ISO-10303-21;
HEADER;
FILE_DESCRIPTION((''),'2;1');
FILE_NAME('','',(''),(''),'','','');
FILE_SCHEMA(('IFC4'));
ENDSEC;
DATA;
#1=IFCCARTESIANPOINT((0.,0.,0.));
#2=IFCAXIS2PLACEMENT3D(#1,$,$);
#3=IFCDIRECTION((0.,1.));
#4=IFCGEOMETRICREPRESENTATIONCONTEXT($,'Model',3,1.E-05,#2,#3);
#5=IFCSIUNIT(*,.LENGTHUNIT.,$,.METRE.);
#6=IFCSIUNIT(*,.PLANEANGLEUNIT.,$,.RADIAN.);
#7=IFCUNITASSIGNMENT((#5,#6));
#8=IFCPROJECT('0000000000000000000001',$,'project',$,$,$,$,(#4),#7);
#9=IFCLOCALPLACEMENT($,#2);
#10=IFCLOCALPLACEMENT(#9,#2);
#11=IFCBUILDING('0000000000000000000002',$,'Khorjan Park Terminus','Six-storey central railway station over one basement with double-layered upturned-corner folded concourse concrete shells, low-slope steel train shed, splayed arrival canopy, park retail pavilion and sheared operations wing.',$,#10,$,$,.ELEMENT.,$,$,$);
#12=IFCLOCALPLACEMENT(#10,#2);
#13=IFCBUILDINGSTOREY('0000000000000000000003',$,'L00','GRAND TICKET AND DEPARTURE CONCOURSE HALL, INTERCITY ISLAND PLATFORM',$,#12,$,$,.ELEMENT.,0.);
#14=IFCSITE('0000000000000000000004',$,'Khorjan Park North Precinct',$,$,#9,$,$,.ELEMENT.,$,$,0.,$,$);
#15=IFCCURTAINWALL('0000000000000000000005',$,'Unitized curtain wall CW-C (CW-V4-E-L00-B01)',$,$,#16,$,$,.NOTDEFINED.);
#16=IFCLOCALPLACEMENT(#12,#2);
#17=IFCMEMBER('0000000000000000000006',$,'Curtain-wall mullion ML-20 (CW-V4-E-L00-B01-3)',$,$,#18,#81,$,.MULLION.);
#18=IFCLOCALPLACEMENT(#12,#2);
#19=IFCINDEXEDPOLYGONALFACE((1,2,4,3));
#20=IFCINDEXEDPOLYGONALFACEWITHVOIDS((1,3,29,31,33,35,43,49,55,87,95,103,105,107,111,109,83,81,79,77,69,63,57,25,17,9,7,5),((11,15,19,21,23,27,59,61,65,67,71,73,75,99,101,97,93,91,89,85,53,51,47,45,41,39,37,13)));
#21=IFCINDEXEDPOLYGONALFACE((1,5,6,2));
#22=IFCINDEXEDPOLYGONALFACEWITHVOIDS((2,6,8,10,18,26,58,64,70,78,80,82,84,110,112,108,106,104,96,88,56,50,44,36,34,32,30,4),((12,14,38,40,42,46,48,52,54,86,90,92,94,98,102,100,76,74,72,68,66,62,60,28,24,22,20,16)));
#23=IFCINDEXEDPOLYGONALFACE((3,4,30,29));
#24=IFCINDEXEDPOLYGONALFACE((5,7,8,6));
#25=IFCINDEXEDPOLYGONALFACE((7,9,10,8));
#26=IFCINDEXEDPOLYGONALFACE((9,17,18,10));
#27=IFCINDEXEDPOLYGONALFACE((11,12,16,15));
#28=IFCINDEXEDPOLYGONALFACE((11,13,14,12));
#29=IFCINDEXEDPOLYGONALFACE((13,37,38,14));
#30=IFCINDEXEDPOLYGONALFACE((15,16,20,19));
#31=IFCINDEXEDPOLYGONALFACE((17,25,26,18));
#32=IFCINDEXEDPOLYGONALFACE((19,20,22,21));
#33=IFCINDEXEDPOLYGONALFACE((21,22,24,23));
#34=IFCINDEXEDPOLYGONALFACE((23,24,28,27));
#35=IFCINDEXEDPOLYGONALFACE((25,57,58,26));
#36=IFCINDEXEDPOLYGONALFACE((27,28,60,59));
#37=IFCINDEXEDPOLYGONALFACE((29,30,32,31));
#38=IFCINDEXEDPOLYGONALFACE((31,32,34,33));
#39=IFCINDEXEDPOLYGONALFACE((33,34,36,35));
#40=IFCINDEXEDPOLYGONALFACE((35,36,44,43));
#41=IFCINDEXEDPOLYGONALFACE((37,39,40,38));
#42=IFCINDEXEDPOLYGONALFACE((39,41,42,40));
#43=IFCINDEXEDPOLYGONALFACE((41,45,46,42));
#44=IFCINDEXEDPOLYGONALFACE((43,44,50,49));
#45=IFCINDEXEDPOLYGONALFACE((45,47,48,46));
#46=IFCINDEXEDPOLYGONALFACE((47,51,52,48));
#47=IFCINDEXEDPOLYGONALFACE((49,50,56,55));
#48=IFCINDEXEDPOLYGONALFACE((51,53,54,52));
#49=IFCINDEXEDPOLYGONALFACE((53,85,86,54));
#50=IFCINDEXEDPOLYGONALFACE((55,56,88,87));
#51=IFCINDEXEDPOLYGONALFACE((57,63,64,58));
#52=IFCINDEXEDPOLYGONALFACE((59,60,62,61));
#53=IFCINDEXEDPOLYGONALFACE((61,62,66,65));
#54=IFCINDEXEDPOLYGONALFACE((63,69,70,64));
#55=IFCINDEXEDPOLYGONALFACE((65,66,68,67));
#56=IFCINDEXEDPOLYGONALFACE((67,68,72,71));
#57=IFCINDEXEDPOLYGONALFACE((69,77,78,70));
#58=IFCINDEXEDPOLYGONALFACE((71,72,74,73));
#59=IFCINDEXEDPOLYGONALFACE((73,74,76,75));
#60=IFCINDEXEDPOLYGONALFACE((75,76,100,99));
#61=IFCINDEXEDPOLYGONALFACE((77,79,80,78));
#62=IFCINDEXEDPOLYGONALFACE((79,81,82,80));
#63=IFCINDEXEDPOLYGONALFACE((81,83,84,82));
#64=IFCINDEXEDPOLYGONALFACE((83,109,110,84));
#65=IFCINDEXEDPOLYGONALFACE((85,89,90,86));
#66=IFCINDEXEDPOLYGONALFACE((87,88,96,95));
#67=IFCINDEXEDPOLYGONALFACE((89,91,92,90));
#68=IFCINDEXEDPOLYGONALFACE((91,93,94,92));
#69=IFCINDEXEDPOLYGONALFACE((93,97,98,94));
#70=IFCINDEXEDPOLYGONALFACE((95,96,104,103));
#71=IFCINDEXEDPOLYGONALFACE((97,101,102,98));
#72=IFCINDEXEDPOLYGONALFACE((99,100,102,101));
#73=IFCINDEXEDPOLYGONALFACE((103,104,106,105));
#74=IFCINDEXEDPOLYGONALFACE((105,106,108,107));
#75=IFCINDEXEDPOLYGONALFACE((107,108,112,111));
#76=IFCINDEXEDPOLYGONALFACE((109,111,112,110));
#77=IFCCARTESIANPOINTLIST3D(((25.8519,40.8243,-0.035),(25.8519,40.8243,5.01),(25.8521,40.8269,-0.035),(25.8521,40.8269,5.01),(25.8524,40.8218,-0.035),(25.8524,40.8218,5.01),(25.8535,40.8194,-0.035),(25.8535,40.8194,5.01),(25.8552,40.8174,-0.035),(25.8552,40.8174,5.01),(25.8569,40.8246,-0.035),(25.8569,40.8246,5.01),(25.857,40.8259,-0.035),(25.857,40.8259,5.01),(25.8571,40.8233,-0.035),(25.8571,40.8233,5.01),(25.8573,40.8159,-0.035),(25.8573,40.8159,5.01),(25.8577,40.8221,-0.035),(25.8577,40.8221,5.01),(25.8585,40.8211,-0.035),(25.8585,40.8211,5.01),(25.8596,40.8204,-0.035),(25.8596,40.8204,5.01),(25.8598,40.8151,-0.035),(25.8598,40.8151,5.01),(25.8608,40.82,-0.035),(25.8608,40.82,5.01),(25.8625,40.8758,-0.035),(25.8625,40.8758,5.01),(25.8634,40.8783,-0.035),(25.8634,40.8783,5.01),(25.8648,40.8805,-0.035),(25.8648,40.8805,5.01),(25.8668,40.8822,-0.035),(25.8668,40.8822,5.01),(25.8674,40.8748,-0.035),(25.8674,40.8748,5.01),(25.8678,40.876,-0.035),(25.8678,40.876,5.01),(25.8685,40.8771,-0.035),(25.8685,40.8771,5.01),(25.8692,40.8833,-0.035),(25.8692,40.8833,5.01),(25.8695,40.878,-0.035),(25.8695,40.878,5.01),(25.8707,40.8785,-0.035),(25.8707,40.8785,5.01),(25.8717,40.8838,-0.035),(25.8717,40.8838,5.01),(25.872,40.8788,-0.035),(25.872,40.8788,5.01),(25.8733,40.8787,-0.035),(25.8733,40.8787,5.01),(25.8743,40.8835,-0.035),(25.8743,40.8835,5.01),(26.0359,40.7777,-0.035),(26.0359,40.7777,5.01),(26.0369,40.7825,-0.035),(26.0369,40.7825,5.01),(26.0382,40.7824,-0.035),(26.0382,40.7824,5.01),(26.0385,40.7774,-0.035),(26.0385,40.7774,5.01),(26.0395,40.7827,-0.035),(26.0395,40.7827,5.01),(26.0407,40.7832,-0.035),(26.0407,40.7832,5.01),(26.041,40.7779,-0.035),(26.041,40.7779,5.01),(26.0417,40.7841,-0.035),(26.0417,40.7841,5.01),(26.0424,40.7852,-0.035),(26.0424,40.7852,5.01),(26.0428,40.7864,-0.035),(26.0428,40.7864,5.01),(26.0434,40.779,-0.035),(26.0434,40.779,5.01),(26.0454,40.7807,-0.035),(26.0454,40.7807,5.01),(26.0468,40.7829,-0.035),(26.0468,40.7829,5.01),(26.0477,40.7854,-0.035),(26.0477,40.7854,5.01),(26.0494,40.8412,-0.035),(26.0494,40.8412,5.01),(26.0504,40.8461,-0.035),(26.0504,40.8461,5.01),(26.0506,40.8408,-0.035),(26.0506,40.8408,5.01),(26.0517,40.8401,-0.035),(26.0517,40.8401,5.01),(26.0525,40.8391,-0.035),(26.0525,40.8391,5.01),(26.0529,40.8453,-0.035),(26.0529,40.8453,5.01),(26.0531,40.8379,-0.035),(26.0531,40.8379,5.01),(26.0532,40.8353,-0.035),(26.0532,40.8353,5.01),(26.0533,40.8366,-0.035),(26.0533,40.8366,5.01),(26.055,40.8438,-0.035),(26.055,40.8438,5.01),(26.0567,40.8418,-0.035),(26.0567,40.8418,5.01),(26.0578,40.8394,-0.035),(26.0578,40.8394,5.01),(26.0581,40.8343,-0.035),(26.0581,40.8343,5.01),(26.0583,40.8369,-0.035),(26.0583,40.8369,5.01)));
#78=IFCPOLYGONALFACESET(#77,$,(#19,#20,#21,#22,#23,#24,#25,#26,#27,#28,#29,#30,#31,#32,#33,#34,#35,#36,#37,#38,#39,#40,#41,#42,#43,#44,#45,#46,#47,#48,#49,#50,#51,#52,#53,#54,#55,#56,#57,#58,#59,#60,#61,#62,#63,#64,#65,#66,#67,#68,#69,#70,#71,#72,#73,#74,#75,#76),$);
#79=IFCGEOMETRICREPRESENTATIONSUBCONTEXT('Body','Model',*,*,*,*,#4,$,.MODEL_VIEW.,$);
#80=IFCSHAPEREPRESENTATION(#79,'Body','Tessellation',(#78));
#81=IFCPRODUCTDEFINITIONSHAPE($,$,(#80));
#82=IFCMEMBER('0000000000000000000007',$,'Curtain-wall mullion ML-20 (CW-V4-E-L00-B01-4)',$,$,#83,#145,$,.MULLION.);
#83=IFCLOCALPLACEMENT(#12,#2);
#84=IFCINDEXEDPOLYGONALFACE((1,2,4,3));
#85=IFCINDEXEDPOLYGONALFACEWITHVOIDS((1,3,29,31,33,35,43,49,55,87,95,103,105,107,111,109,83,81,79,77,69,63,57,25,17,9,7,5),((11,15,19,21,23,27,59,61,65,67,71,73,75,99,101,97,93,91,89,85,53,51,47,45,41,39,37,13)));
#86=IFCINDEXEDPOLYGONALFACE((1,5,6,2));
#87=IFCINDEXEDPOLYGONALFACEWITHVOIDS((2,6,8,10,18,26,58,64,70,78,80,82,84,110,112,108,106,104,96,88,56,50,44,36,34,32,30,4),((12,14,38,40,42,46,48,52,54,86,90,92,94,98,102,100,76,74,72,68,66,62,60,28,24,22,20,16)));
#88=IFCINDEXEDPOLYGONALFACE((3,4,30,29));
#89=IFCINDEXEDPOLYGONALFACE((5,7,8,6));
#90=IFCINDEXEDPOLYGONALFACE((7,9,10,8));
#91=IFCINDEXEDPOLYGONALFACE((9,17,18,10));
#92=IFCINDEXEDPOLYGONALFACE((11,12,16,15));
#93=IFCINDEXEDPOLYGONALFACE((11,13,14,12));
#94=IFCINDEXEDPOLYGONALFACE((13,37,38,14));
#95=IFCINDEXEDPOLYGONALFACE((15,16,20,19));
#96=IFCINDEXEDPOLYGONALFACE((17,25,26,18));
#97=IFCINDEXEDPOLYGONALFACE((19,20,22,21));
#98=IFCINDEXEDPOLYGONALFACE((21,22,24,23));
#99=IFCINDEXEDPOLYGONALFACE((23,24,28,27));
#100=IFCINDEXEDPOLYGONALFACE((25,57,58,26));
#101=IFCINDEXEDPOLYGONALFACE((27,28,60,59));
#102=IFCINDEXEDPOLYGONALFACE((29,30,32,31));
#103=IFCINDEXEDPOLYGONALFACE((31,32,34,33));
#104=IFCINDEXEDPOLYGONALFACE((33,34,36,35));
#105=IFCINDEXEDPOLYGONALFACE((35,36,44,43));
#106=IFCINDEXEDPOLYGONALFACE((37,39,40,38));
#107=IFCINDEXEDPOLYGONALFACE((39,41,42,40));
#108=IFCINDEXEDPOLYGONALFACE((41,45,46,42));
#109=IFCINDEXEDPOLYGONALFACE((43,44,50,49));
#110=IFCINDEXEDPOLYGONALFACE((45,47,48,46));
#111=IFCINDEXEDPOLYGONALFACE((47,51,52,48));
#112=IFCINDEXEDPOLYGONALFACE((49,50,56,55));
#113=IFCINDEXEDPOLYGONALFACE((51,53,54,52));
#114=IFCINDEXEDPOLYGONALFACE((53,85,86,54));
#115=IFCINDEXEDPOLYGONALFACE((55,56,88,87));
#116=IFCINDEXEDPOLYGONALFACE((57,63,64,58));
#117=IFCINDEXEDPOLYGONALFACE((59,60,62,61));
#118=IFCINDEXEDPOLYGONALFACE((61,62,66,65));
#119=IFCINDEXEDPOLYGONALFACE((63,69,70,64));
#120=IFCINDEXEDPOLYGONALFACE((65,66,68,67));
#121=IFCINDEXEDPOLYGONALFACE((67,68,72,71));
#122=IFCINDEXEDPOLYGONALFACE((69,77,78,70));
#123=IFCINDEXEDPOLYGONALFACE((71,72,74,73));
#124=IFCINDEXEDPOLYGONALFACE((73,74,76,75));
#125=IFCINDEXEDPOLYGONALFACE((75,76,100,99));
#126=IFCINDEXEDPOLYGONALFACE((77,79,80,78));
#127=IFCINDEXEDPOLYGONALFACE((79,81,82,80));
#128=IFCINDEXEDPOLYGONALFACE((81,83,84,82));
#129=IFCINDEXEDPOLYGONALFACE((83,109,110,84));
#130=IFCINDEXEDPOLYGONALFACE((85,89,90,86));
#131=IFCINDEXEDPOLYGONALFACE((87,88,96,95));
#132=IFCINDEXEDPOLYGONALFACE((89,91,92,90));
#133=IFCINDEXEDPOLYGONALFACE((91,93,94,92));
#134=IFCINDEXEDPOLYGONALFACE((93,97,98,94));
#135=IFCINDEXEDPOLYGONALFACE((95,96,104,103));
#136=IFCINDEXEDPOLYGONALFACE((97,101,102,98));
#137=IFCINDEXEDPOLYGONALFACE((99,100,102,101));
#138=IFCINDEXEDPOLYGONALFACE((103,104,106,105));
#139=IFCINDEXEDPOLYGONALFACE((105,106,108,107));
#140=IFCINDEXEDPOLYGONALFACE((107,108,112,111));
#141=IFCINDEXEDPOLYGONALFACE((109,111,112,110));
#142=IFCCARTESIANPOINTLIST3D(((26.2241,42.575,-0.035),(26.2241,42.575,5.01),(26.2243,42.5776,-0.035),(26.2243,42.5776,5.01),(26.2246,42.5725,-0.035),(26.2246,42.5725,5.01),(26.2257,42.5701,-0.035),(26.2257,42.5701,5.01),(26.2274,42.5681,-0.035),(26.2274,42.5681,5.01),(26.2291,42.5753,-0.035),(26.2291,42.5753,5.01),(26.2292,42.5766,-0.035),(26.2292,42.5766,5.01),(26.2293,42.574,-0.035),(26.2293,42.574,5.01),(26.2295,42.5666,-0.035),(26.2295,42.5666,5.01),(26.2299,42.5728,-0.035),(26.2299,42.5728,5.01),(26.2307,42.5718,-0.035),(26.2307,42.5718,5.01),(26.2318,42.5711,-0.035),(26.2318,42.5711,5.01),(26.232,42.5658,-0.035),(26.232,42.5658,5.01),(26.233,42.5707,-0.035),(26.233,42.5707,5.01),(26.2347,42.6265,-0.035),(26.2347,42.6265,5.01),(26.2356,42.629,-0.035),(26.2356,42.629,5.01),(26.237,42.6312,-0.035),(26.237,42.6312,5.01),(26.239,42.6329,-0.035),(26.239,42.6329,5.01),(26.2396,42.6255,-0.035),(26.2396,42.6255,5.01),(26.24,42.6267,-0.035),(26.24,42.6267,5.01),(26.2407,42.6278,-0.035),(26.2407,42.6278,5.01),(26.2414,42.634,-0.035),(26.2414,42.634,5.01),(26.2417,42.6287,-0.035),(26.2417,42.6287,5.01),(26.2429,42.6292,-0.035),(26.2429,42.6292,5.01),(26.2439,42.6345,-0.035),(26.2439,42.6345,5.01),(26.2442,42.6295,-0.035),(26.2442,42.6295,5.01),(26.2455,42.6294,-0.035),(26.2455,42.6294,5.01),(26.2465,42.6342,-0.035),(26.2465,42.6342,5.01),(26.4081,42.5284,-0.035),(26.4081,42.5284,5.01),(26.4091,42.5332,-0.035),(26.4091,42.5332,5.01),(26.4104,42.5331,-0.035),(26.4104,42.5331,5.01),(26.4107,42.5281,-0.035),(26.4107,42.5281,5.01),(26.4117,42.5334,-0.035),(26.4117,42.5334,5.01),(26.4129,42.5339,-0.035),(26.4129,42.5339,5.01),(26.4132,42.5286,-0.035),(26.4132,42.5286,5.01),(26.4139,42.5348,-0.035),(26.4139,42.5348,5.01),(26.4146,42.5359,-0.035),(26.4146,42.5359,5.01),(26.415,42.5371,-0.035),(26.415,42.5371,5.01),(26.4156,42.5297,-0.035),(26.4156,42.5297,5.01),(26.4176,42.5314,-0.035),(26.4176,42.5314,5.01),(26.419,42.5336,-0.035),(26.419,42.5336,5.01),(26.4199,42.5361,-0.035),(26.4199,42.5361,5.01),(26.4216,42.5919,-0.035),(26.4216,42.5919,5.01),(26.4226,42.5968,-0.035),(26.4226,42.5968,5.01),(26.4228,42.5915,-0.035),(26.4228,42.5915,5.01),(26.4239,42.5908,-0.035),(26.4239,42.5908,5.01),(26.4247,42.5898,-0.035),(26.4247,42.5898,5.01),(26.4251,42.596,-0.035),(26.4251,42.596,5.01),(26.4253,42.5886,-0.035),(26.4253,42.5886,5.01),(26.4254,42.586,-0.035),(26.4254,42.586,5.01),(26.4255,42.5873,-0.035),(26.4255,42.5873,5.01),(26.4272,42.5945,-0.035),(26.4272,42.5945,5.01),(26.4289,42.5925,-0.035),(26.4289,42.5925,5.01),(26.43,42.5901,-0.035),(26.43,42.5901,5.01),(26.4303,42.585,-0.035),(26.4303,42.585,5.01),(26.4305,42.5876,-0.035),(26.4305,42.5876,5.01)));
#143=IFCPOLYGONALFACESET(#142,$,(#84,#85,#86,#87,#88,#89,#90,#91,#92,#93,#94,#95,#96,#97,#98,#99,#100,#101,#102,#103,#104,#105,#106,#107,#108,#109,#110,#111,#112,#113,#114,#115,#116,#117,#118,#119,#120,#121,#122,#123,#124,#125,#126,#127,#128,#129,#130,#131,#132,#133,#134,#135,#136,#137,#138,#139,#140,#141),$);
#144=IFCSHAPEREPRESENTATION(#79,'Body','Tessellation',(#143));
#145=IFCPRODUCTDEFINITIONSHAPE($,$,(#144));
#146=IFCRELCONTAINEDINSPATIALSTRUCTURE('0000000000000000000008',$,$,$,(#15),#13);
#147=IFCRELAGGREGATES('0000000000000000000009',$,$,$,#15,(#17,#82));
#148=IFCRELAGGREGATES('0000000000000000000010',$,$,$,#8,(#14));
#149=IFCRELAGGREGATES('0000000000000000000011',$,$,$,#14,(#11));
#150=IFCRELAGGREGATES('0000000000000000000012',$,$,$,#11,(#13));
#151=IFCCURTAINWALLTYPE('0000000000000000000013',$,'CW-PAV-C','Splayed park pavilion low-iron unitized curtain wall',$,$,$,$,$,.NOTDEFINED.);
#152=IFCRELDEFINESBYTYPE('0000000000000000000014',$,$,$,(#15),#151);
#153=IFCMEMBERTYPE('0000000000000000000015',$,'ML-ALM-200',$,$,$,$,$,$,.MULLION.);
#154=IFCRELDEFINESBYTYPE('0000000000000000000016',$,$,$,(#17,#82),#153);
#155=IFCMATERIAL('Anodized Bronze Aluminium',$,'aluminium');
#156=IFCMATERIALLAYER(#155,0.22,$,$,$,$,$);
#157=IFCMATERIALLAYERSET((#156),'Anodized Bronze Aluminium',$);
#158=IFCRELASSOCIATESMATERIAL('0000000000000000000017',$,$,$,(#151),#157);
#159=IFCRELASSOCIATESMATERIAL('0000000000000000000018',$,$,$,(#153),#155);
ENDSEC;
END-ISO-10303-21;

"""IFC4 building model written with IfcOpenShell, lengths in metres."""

from ifc_helpers import new_model, si_unit, direction, frame, origin, origin_2d, place, context, subcontext, project, spatial, hollow_rectangle, extrude, material, layer, layer_set, material_profile, profile_set, type_object, element, aggregate, save


model = new_model("IFC4")

# Units and contexts
model_context = context("Model", 3, precision=1e-05, world=origin(), true_north=direction((0.0, 1.0)))
body_context = subcontext(model_context, "Body", "Model", "MODEL_VIEW")
ifc_project = project(units=[si_unit("LENGTHUNIT", "METRE"), si_unit("PLANEANGLEUNIT", "RADIAN")], contexts=[model_context])

# Site, building, storey
site_placement = place(None, origin())
site = spatial("IfcSite", under=ifc_project, at=site_placement, Name="Khorjan Park North Precinct", CompositionType="ELEMENT", RefElevation=0.0)
building_placement = place(site_placement, origin())
building = spatial("IfcBuilding", under=site, at=building_placement, Name="Khorjan Park Terminus", Description="Six-storey central railway station over one basement with double-layered upturned-corner folded concourse concrete shells, low-slope steel train shed, splayed arrival canopy, park retail pavilion and sheared operations wing.", CompositionType="ELEMENT")
storey_placement = place(building_placement, origin())
storey = spatial("IfcBuildingStorey", under=building, at=storey_placement, Name="L00", Description="GRAND TICKET AND DEPARTURE CONCOURSE HALL, INTERCITY ISLAND PLATFORM", CompositionType="ELEMENT", Elevation=0.0)

# Curtain wall, members
ifc_material_1 = material(Name="Anodized Bronze Aluminium", Category="aluminium")
ifc_layer_1 = layer(ifc_material_1, 0.22)
ifc_layer_set_1 = layer_set([ifc_layer_1], Name="Anodized Bronze Aluminium")
curtain_wall_type = type_object("IfcCurtainWallType", Name="CW-PAV-C", Description="Splayed park pavilion low-iron unitized curtain wall", PredefinedType="NOTDEFINED", material=ifc_layer_set_1)
curtain_wall_placement = place(storey_placement, origin())
curtain_wall = element("IfcCurtainWall", 1, at=curtain_wall_placement, inside=storey, type_object=curtain_wall_type, Name="Unitized curtain wall CW-C (CW-V4-E-L00-B01)", PredefinedType="NOTDEFINED")
ifc_material_profile_1 = material_profile(ifc_material_1, hollow_rectangle(XDim=0.07, YDim=0.2, WallThickness=0.005, InnerFilletRadius=0.005, OuterFilletRadius=0.01, at=origin_2d()), Name="ALM 70x200x5")
ifc_profile_set_1 = profile_set([ifc_material_profile_1], Name="Anodized Bronze Aluminium")
member_type_1 = type_object("IfcMemberType", Name="ML-ALM-200", PredefinedType="MULLION", material=ifc_profile_set_1)
member_1_placement = place(storey_placement, frame((25.9551, 40.8306, -0.035), z_axis=(0.0, 0.0, 1.0), x_axis=(0.207917, 0.978147, 0.0)))
member_1 = element("IfcMember", 2, at=member_1_placement, type_object=member_type_1, Name="Curtain-wall mullion ML-20 (CW-V4-E-L00-B01-3)", PredefinedType="MULLION", context=body_context, shape_type="SweptSolid", body=[
    extrude(hollow_rectangle(XDim=0.07, YDim=0.2, WallThickness=0.005, InnerFilletRadius=0.005, OuterFilletRadius=0.01, at=origin_2d()), origin(), (0.0, 0.0, 1.0), 5.045),
])
member_2_placement = place(storey_placement, frame((26.3273, 42.5813, -0.035), z_axis=(0.0, 0.0, 1.0), x_axis=(0.207917, 0.978147, 0.0)))
member_2 = element("IfcMember", 3, at=member_2_placement, type_object=member_type_1, Name="Curtain-wall mullion ML-20 (CW-V4-E-L00-B01-4)", PredefinedType="MULLION", context=body_context, shape_type="SweptSolid", body=[
    extrude(hollow_rectangle(XDim=0.07, YDim=0.2, WallThickness=0.005, InnerFilletRadius=0.005, OuterFilletRadius=0.01, at=origin_2d()), origin(), (0.0, 0.0, 1.0), 5.045),
])
aggregate(curtain_wall, [member_1, member_2])

save(model, "model.ifc")
